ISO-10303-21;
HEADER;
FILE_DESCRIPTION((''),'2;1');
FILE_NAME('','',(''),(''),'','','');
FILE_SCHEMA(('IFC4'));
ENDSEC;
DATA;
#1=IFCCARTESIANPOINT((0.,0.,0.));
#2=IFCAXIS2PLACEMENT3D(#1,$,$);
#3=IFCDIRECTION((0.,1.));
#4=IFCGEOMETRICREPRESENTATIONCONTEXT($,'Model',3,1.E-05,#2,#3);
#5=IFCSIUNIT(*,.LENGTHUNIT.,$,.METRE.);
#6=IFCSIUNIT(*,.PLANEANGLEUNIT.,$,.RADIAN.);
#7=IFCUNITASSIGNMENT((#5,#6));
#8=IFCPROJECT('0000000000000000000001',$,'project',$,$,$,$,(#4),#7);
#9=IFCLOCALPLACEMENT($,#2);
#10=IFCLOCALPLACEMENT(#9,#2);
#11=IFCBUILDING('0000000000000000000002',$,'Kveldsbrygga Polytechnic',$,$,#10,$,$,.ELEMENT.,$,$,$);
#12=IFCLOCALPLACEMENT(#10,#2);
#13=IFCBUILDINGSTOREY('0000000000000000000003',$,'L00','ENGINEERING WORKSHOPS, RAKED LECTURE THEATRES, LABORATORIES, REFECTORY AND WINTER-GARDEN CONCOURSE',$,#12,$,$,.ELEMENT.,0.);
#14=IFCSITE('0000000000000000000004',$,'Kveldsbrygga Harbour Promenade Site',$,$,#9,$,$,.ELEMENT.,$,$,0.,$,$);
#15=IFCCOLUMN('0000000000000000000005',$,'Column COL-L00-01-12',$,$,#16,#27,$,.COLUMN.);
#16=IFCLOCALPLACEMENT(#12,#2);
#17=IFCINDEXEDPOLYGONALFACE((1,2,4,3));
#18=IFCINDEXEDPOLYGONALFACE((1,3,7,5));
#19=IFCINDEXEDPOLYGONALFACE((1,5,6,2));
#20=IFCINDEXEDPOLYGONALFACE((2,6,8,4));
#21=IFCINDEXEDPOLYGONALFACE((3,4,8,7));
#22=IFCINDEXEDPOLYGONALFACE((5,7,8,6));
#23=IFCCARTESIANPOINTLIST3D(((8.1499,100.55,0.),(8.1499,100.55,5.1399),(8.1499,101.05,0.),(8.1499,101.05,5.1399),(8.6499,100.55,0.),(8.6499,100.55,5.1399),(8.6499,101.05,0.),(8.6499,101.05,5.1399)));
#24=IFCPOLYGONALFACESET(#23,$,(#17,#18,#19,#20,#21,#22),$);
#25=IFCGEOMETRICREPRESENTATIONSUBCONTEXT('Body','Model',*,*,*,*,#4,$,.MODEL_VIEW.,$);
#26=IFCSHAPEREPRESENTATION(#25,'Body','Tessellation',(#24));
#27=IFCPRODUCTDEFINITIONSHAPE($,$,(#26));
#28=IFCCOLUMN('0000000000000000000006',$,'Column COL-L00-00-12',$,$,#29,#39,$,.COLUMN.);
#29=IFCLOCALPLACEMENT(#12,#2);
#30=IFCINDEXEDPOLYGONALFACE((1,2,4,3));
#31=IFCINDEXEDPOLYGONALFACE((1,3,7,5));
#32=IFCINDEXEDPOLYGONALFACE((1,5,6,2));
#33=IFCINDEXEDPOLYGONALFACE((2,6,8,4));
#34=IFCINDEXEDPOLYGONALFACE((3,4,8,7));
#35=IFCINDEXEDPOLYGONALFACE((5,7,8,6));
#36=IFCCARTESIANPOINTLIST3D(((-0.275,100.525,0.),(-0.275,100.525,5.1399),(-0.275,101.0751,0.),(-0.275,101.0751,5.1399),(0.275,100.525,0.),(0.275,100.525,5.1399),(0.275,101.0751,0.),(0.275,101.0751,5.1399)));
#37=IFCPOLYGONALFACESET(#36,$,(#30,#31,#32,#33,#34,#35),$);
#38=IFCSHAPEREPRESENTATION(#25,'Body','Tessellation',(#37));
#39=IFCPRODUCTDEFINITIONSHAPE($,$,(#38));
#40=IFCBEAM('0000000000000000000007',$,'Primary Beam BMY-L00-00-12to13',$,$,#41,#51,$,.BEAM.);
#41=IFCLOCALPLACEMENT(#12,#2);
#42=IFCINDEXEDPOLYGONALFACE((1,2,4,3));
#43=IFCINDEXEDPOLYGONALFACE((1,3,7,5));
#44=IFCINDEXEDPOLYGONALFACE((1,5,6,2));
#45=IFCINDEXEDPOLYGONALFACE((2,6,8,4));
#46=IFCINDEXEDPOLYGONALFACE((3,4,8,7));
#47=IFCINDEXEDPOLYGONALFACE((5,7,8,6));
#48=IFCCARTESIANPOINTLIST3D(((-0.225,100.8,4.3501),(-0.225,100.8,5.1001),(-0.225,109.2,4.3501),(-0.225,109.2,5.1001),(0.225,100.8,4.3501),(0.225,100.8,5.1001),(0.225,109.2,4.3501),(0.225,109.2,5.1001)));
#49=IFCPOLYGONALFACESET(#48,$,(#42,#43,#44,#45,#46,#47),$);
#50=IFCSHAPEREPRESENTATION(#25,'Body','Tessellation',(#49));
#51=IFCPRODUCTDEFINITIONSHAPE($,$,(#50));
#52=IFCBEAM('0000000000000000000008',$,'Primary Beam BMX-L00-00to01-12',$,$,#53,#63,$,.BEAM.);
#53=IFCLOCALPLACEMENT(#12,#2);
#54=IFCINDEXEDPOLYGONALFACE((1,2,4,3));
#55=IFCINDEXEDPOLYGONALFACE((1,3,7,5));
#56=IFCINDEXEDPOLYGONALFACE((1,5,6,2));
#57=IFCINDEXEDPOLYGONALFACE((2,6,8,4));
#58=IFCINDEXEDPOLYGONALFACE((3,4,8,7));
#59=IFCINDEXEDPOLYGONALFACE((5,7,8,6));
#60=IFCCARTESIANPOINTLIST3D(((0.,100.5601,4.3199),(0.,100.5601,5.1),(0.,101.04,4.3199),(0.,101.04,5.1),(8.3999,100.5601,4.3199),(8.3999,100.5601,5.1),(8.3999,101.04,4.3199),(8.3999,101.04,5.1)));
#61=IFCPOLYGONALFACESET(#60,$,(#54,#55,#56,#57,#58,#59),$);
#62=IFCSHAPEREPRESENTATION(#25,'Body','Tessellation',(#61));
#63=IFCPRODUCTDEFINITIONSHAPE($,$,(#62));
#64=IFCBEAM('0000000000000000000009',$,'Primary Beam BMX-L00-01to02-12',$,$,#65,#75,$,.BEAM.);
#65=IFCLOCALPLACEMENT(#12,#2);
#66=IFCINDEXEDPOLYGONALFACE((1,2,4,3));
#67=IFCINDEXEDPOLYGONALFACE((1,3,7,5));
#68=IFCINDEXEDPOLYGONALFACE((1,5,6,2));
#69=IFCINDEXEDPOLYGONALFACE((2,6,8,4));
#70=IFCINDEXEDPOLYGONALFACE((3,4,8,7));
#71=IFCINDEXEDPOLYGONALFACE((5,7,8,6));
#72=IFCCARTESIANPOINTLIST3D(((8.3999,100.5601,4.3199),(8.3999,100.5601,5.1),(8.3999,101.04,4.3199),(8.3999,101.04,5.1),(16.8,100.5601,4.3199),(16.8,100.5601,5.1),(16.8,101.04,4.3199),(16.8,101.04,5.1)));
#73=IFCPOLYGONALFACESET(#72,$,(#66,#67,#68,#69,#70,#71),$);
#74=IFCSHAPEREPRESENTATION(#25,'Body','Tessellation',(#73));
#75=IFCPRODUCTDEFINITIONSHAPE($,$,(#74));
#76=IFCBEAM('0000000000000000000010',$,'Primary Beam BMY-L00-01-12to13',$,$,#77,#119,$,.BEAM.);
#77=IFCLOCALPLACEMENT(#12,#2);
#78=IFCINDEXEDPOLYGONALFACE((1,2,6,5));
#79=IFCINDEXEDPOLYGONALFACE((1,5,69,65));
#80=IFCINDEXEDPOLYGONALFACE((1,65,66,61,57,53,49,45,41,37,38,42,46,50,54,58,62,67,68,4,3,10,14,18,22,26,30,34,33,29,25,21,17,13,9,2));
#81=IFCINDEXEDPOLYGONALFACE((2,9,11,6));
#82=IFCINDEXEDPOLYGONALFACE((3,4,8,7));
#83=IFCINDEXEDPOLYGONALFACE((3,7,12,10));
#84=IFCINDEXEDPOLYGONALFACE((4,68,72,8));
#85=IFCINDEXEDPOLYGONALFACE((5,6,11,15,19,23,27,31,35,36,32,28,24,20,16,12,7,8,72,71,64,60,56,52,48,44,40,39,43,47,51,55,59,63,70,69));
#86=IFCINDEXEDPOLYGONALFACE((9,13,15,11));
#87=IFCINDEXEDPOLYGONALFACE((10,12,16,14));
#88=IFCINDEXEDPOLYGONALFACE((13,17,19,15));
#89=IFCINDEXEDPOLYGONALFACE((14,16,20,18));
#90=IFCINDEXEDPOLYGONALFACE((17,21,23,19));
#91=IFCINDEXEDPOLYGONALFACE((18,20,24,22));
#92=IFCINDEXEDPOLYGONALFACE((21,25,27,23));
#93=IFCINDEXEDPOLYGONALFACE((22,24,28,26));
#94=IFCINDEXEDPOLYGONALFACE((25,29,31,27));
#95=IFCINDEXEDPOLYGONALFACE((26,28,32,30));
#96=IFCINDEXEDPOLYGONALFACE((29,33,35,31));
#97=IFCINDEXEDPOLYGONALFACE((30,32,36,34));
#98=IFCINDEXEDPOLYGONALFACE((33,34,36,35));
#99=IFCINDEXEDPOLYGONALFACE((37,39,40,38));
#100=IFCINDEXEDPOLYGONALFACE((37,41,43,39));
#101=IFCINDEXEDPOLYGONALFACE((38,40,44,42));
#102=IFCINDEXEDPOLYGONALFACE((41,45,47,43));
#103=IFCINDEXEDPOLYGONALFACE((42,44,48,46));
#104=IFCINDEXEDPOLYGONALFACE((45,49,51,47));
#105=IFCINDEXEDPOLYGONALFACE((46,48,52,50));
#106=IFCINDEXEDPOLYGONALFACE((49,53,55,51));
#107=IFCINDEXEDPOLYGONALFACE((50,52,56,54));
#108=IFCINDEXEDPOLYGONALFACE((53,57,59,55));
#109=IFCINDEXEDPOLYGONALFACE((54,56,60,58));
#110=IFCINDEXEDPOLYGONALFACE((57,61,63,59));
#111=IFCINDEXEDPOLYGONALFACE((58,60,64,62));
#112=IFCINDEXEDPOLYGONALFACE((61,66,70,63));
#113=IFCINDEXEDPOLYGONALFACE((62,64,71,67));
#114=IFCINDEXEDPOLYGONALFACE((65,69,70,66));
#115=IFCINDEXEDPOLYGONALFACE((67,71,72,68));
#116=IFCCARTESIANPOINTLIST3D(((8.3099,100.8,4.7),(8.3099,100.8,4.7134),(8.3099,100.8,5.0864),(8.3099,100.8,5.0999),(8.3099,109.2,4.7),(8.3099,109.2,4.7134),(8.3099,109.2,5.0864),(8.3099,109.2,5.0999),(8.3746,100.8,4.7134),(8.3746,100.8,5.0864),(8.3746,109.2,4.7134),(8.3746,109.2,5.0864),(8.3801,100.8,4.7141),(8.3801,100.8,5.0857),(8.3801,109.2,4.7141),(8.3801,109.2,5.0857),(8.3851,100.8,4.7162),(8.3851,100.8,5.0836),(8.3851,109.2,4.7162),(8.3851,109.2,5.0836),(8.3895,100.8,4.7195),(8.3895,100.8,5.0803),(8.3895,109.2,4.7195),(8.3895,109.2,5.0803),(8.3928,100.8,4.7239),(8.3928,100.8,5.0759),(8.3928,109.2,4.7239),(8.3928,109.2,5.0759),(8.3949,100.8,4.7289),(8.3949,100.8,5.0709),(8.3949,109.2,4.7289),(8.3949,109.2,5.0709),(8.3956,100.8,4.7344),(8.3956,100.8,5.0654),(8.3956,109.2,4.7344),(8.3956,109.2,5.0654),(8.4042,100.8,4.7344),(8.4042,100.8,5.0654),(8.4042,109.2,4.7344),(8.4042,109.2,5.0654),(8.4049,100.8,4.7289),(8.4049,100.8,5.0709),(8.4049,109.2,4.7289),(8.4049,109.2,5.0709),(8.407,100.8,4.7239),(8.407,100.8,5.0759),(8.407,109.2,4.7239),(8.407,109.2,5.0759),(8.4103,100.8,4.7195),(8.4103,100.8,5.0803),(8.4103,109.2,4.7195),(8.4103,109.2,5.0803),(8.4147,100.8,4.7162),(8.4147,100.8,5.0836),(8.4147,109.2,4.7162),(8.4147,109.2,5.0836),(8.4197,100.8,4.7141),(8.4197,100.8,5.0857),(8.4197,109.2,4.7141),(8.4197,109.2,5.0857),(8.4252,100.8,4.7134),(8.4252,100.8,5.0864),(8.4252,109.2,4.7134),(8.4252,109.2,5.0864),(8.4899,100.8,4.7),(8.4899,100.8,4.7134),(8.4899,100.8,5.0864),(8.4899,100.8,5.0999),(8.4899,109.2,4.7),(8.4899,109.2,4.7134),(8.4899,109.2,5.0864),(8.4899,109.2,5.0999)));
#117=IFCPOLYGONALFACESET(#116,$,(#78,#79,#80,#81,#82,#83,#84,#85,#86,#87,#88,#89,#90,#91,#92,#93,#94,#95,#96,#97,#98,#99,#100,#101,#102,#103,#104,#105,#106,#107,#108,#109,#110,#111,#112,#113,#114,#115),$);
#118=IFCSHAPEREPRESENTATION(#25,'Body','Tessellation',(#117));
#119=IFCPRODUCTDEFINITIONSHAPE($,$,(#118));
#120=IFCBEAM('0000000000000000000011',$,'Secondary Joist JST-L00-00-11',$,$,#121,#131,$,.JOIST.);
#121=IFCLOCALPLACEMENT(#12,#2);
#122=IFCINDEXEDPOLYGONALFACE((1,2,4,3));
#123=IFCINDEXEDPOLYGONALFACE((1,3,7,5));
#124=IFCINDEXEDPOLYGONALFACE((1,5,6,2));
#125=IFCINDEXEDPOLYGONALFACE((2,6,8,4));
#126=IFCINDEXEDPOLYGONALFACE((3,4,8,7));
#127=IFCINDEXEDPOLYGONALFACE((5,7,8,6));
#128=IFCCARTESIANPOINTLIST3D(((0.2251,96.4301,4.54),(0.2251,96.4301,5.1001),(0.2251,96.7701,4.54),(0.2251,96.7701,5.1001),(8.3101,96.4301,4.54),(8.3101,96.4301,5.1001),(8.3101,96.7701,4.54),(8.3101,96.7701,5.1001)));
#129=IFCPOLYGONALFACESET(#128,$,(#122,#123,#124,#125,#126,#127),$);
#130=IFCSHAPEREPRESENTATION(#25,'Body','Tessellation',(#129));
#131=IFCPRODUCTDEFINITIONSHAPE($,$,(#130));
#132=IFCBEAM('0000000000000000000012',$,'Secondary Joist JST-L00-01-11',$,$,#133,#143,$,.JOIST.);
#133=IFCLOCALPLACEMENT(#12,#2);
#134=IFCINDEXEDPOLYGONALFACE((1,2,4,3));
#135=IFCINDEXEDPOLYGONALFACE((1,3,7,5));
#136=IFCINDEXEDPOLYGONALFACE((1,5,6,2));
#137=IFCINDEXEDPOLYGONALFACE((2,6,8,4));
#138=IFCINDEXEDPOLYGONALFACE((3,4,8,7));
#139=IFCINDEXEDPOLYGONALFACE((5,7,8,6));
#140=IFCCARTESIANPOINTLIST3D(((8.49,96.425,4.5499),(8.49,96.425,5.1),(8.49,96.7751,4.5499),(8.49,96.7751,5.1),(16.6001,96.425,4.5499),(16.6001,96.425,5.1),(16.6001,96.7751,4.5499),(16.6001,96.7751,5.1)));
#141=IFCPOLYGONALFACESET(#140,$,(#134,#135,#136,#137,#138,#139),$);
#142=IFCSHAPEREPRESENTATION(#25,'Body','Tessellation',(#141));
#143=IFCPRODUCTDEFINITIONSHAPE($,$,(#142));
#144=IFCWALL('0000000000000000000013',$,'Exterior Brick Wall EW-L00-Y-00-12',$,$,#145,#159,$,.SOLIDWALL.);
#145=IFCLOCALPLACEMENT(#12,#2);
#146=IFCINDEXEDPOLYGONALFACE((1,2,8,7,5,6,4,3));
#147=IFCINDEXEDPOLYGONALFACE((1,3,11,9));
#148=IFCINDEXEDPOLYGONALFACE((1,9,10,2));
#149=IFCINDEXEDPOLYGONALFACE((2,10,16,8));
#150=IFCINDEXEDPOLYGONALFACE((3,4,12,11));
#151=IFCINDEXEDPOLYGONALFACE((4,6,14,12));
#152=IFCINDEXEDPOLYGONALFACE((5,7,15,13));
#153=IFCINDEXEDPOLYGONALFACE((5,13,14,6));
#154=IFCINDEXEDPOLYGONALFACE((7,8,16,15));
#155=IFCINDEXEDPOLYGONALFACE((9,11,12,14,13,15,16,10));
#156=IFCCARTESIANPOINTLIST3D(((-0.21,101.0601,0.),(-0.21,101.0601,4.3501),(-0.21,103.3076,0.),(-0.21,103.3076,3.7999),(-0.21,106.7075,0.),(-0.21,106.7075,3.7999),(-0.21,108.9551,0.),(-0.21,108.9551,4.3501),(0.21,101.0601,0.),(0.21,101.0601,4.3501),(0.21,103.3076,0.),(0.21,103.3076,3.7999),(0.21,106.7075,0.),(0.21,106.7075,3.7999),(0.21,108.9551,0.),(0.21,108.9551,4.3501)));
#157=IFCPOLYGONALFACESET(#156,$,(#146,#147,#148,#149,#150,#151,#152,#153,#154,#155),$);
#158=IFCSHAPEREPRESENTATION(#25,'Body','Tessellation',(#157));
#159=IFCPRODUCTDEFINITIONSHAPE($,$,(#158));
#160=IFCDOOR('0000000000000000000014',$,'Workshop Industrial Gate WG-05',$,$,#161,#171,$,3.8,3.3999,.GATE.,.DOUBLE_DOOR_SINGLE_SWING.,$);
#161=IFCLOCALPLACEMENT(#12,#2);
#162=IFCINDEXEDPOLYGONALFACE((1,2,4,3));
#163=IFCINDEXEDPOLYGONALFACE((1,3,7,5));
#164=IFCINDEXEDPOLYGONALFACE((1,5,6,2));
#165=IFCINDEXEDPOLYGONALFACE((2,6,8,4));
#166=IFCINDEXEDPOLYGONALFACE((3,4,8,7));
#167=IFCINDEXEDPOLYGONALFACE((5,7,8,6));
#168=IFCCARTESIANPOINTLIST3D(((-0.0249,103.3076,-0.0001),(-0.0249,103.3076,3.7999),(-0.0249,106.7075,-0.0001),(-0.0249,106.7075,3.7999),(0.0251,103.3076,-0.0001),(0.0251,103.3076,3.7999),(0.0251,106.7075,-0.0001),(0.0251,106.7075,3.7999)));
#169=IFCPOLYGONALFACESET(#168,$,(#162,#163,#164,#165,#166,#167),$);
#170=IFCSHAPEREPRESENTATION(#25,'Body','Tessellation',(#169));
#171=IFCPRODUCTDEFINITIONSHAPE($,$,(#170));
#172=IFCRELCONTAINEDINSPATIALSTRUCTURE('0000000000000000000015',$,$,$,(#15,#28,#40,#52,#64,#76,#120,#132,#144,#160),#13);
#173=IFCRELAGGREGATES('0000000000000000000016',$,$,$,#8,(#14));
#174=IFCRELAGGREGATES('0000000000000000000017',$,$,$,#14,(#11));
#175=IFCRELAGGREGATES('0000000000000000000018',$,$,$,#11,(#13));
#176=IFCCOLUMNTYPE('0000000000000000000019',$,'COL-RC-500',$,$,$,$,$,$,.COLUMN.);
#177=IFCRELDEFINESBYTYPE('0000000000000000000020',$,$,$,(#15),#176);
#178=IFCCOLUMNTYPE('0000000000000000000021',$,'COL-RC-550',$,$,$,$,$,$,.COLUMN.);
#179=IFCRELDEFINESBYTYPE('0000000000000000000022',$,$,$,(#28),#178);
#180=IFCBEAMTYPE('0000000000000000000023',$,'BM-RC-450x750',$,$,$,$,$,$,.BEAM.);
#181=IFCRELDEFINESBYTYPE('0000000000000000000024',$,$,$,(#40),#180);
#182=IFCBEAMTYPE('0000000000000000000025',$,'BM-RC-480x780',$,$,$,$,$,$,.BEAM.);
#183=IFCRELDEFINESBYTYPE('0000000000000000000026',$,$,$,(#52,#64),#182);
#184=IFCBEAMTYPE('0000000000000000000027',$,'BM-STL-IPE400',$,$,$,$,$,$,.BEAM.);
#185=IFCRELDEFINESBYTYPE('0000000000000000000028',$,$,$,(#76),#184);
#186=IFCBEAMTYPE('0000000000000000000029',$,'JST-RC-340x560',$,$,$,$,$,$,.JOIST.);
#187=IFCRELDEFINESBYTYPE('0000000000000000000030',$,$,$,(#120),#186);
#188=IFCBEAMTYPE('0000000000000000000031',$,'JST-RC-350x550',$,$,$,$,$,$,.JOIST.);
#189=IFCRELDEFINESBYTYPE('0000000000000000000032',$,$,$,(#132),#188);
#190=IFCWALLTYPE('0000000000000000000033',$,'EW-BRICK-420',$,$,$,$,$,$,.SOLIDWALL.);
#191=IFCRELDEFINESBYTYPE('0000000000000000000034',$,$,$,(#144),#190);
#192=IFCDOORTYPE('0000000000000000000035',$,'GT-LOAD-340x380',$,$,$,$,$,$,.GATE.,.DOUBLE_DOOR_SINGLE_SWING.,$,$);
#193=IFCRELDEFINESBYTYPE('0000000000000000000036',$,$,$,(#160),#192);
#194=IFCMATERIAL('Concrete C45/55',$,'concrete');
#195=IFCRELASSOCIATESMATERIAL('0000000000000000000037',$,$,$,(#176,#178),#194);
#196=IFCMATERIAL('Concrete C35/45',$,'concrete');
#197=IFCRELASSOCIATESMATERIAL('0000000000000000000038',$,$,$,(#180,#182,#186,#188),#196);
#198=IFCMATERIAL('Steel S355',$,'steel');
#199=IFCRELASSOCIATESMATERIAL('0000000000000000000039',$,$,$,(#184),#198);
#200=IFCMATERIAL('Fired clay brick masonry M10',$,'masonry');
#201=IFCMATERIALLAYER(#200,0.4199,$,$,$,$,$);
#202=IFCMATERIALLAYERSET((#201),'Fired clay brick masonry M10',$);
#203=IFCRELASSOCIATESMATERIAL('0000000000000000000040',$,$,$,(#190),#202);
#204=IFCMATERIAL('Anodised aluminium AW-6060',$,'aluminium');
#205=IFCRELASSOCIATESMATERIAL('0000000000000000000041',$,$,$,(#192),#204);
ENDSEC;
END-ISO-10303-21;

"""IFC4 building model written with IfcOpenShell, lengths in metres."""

from ifc_helpers import new_model, si_unit, direction, frame, frame_2d, origin, origin_2d, place, context, subcontext, project, spatial, rectangle, i_section, extrude, material, layer, layer_set, material_profile, profile_set, type_object, element, fill, save


model = new_model("IFC4")

# Units and contexts
model_context = context("Model", 3, precision=1e-05, world=origin(), true_north=direction((0.0, 1.0)))
body_context = subcontext(model_context, "Body", "Model", "MODEL_VIEW")
ifc_project = project(units=[si_unit("LENGTHUNIT", "METRE"), si_unit("PLANEANGLEUNIT", "RADIAN")], contexts=[model_context])

# Site, building, storey
site_placement = place(None, origin())
site = spatial("IfcSite", under=ifc_project, at=site_placement, Name="Kveldsbrygga Harbour Promenade Site", CompositionType="ELEMENT", RefElevation=0.0)
building_placement = place(site_placement, origin())
building = spatial("IfcBuilding", under=site, at=building_placement, Name="Kveldsbrygga Polytechnic", CompositionType="ELEMENT")
storey_placement = place(building_placement, origin())
storey = spatial("IfcBuildingStorey", under=building, at=storey_placement, Name="L00", Description="ENGINEERING WORKSHOPS, RAKED LECTURE THEATRES, LABORATORIES, REFECTORY AND WINTER-GARDEN CONCOURSE", CompositionType="ELEMENT", Elevation=0.0)

# Columns
ifc_material_1 = material(Name="Concrete C45/55", Category="concrete")
ifc_material_profile_1 = material_profile(ifc_material_1, rectangle(XDim=0.5, YDim=0.5, at=origin_2d()), Name="RC 500x500")
ifc_profile_set_1 = profile_set([ifc_material_profile_1], Name="Concrete C45/55")
column_type_1 = type_object("IfcColumnType", Name="COL-RC-500", PredefinedType="COLUMN", material=ifc_profile_set_1)
column_1_placement = place(storey_placement, frame((8.3999, 100.8, 0.0), z_axis=(0.0, 0.0, 1.0), x_axis=(1.0, 0.0, 0.0)))
element("IfcColumn", 1, at=column_1_placement, inside=storey, type_object=column_type_1, Name="Column COL-L00-01-12", PredefinedType="COLUMN", context=body_context, shape_type="SweptSolid", body=[
    extrude(rectangle(XDim=0.5, YDim=0.5, at=origin_2d()), origin(), (0.0, 0.0, 1.0), 5.1399),
])
ifc_material_profile_2 = material_profile(ifc_material_1, rectangle(XDim=0.55, YDim=0.55, at=origin_2d()), Name="RC 550x550")
ifc_profile_set_2 = profile_set([ifc_material_profile_2], Name="Concrete C45/55")
column_type_2 = type_object("IfcColumnType", Name="COL-RC-550", PredefinedType="COLUMN", material=ifc_profile_set_2)
column_2_placement = place(storey_placement, frame((0.0, 100.8, 0.0), z_axis=(0.0, 0.0, 1.0), x_axis=(1.0, 0.0, 0.0)))
element("IfcColumn", 2, at=column_2_placement, inside=storey, type_object=column_type_2, Name="Column COL-L00-00-12", PredefinedType="COLUMN", context=body_context, shape_type="SweptSolid", body=[
    extrude(rectangle(XDim=0.55, YDim=0.55, at=origin_2d()), origin(), (0.0, 0.0, 1.0), 5.1399),
])

# Beams
ifc_material_2 = material(Name="Concrete C35/45", Category="concrete")
ifc_material_profile_3 = material_profile(ifc_material_2, rectangle(XDim=0.45, YDim=0.75, at=origin_2d()), Name="RC 450x750")
ifc_profile_set_3 = profile_set([ifc_material_profile_3], Name="Concrete C35/45")
beam_type_1 = type_object("IfcBeamType", Name="BM-RC-450x750", PredefinedType="BEAM", material=ifc_profile_set_3)
beam_1_placement = place(storey_placement, frame((0.0, 100.8, 4.7251), z_axis=(0.0, 1.0, 0.0), x_axis=(-1.0, 0.0, 0.0)))
element("IfcBeam", 3, at=beam_1_placement, inside=storey, type_object=beam_type_1, Name="Primary Beam BMY-L00-00-12to13", PredefinedType="BEAM", context=body_context, shape_type="SweptSolid", body=[
    extrude(rectangle(XDim=0.45, YDim=0.75, at=origin_2d()), origin(), (0.0, 0.0, 1.0), 8.3999),
])
ifc_material_profile_4 = material_profile(ifc_material_2, rectangle(XDim=0.48, YDim=0.78, at=origin_2d()), Name="RC 480x780")
ifc_profile_set_4 = profile_set([ifc_material_profile_4], Name="Concrete C35/45")
beam_type_2 = type_object("IfcBeamType", Name="BM-RC-480x780", PredefinedType="BEAM", material=ifc_profile_set_4)
beam_2_placement = place(storey_placement, frame((0.0, 100.8, 4.71), z_axis=(1.0, 0.0, 0.0), x_axis=(0.0, 1.0, 0.0)))
element("IfcBeam", 4, at=beam_2_placement, inside=storey, type_object=beam_type_2, Name="Primary Beam BMX-L00-00to01-12", PredefinedType="BEAM", context=body_context, shape_type="SweptSolid", body=[
    extrude(rectangle(XDim=0.48, YDim=0.78, at=origin_2d()), origin(), (0.0, 0.0, 1.0), 8.3999),
])
beam_3_placement = place(storey_placement, frame((8.3999, 100.8, 4.71), z_axis=(1.0, 0.0, 0.0), x_axis=(0.0, 1.0, 0.0)))
element("IfcBeam", 5, at=beam_3_placement, inside=storey, type_object=beam_type_2, Name="Primary Beam BMX-L00-01to02-12", PredefinedType="BEAM", context=body_context, shape_type="SweptSolid", body=[
    extrude(rectangle(XDim=0.48, YDim=0.78, at=origin_2d()), origin(), (0.0, 0.0, 1.0), 8.4001),
])
ifc_material_3 = material(Name="Steel S355", Category="steel")
ifc_material_profile_5 = material_profile(ifc_material_3, i_section(OverallWidth=0.1799, OverallDepth=0.3999, WebThickness=0.0085, FlangeThickness=0.0134, FilletRadius=0.021, at=origin_2d()), Name="IPE 400")
ifc_profile_set_5 = profile_set([ifc_material_profile_5], Name="Steel S355")
beam_type_3 = type_object("IfcBeamType", Name="BM-STL-IPE400", PredefinedType="BEAM", material=ifc_profile_set_5)
beam_4_placement = place(storey_placement, frame((8.3999, 100.8, 4.8999), z_axis=(0.0, 1.0, 0.0), x_axis=(-1.0, 0.0, 0.0)))
element("IfcBeam", 6, at=beam_4_placement, inside=storey, type_object=beam_type_3, Name="Primary Beam BMY-L00-01-12to13", PredefinedType="BEAM", context=body_context, shape_type="SweptSolid", body=[
    extrude(i_section(OverallWidth=0.1799, OverallDepth=0.3999, WebThickness=0.0085, FlangeThickness=0.0134, FilletRadius=0.021, at=origin_2d()), origin(), (0.0, 0.0, 1.0), 8.3999),
])
ifc_material_profile_6 = material_profile(ifc_material_2, rectangle(XDim=0.3401, YDim=0.5601, at=origin_2d()), Name="RC 340x560")
ifc_profile_set_6 = profile_set([ifc_material_profile_6], Name="Concrete C35/45")
beam_type_4 = type_object("IfcBeamType", Name="JST-RC-340x560", PredefinedType="JOIST", material=ifc_profile_set_6)
beam_5_placement = place(storey_placement, frame((0.2251, 96.6001, 4.8201), z_axis=(1.0, 0.0, 0.0), x_axis=(0.0, 1.0, 0.0)))
element("IfcBeam", 7, at=beam_5_placement, inside=storey, type_object=beam_type_4, Name="Secondary Joist JST-L00-00-11", PredefinedType="JOIST", context=body_context, shape_type="SweptSolid", body=[
    extrude(rectangle(XDim=0.3401, YDim=0.5601, at=origin_2d()), origin(), (0.0, 0.0, 1.0), 8.085),
])
ifc_material_profile_7 = material_profile(ifc_material_2, rectangle(XDim=0.3501, YDim=0.55, at=origin_2d()), Name="RC 350x550")
ifc_profile_set_7 = profile_set([ifc_material_profile_7], Name="Concrete C35/45")
beam_type_5 = type_object("IfcBeamType", Name="JST-RC-350x550", PredefinedType="JOIST", material=ifc_profile_set_7)
beam_6_placement = place(storey_placement, frame((8.49, 96.6001, 4.825), z_axis=(1.0, 0.0, 0.0), x_axis=(0.0, 1.0, 0.0)))
element("IfcBeam", 8, at=beam_6_placement, inside=storey, type_object=beam_type_5, Name="Secondary Joist JST-L00-01-11", PredefinedType="JOIST", context=body_context, shape_type="SweptSolid", body=[
    extrude(rectangle(XDim=0.3501, YDim=0.55, at=origin_2d()), origin(), (0.0, 0.0, 1.0), 8.1101),
])

# Wall, opening, door
ifc_material_4 = material(Name="Fired clay brick masonry M10", Category="masonry")
ifc_layer_1 = layer(ifc_material_4, 0.4199)
ifc_layer_set_1 = layer_set([ifc_layer_1], Name="Fired clay brick masonry M10")
wall_type_1 = type_object("IfcWallType", Name="EW-BRICK-420", PredefinedType="SOLIDWALL", material=ifc_layer_set_1)
wall_placement = place(storey_placement, frame((0.0, 101.0601, 0.0), z_axis=(0.0, 0.0, 1.0), x_axis=(0.0, 1.0, 0.0)))
wall = element("IfcWall", 9, at=wall_placement, inside=storey, type_object=wall_type_1, Name="Exterior Brick Wall EW-L00-Y-00-12", PredefinedType="SOLIDWALL", context=body_context, shape_type="SweptSolid", body=[
    extrude(rectangle(XDim=7.895, YDim=0.4199, at=frame_2d((3.9475, 0.0))), origin(), (0.0, 0.0, 1.0), 4.3501),
])
opening_placement = place(wall_placement, frame((2.2476, 0.0, 0.0)))
opening = element("IfcOpeningElement", 10, at=opening_placement, cuts=wall, PredefinedType="OPENING", context=body_context, shape_type="SweptSolid", body=[
    extrude(rectangle(XDim=3.3999, YDim=3.8, at=frame_2d((1.7, 1.8999))), frame((0.0, 0.22, 0.0), z_axis=(0.0, -1.0, 0.0), x_axis=(1.0, 0.0, 0.0)), (0.0, 0.0, 1.0), 0.4399),
])
ifc_material_5 = material(Name="Anodised aluminium AW-6060", Category="aluminium")
door_type = type_object("IfcDoorType", Name="GT-LOAD-340x380", OperationType="DOUBLE_DOOR_SINGLE_SWING", PredefinedType="GATE", material=ifc_material_5)
door_placement = place(opening_placement, origin())
door = element("IfcDoor", 11, at=door_placement, inside=storey, type_object=door_type, Name="Workshop Industrial Gate WG-05", OperationType="DOUBLE_DOOR_SINGLE_SWING", OverallHeight=3.8, OverallWidth=3.3999, PredefinedType="GATE", context=body_context, shape_type="SweptSolid", body=[
    extrude(rectangle(XDim=3.3999, YDim=3.8, at=frame_2d((1.7, 1.8999))), frame((0.0, 0.0249, 0.0), z_axis=(0.0, -1.0, 0.0), x_axis=(1.0, 0.0, 0.0)), (0.0, 0.0, 1.0), 0.05),
])
fill(opening, door)

save(model, "model.ifc")
